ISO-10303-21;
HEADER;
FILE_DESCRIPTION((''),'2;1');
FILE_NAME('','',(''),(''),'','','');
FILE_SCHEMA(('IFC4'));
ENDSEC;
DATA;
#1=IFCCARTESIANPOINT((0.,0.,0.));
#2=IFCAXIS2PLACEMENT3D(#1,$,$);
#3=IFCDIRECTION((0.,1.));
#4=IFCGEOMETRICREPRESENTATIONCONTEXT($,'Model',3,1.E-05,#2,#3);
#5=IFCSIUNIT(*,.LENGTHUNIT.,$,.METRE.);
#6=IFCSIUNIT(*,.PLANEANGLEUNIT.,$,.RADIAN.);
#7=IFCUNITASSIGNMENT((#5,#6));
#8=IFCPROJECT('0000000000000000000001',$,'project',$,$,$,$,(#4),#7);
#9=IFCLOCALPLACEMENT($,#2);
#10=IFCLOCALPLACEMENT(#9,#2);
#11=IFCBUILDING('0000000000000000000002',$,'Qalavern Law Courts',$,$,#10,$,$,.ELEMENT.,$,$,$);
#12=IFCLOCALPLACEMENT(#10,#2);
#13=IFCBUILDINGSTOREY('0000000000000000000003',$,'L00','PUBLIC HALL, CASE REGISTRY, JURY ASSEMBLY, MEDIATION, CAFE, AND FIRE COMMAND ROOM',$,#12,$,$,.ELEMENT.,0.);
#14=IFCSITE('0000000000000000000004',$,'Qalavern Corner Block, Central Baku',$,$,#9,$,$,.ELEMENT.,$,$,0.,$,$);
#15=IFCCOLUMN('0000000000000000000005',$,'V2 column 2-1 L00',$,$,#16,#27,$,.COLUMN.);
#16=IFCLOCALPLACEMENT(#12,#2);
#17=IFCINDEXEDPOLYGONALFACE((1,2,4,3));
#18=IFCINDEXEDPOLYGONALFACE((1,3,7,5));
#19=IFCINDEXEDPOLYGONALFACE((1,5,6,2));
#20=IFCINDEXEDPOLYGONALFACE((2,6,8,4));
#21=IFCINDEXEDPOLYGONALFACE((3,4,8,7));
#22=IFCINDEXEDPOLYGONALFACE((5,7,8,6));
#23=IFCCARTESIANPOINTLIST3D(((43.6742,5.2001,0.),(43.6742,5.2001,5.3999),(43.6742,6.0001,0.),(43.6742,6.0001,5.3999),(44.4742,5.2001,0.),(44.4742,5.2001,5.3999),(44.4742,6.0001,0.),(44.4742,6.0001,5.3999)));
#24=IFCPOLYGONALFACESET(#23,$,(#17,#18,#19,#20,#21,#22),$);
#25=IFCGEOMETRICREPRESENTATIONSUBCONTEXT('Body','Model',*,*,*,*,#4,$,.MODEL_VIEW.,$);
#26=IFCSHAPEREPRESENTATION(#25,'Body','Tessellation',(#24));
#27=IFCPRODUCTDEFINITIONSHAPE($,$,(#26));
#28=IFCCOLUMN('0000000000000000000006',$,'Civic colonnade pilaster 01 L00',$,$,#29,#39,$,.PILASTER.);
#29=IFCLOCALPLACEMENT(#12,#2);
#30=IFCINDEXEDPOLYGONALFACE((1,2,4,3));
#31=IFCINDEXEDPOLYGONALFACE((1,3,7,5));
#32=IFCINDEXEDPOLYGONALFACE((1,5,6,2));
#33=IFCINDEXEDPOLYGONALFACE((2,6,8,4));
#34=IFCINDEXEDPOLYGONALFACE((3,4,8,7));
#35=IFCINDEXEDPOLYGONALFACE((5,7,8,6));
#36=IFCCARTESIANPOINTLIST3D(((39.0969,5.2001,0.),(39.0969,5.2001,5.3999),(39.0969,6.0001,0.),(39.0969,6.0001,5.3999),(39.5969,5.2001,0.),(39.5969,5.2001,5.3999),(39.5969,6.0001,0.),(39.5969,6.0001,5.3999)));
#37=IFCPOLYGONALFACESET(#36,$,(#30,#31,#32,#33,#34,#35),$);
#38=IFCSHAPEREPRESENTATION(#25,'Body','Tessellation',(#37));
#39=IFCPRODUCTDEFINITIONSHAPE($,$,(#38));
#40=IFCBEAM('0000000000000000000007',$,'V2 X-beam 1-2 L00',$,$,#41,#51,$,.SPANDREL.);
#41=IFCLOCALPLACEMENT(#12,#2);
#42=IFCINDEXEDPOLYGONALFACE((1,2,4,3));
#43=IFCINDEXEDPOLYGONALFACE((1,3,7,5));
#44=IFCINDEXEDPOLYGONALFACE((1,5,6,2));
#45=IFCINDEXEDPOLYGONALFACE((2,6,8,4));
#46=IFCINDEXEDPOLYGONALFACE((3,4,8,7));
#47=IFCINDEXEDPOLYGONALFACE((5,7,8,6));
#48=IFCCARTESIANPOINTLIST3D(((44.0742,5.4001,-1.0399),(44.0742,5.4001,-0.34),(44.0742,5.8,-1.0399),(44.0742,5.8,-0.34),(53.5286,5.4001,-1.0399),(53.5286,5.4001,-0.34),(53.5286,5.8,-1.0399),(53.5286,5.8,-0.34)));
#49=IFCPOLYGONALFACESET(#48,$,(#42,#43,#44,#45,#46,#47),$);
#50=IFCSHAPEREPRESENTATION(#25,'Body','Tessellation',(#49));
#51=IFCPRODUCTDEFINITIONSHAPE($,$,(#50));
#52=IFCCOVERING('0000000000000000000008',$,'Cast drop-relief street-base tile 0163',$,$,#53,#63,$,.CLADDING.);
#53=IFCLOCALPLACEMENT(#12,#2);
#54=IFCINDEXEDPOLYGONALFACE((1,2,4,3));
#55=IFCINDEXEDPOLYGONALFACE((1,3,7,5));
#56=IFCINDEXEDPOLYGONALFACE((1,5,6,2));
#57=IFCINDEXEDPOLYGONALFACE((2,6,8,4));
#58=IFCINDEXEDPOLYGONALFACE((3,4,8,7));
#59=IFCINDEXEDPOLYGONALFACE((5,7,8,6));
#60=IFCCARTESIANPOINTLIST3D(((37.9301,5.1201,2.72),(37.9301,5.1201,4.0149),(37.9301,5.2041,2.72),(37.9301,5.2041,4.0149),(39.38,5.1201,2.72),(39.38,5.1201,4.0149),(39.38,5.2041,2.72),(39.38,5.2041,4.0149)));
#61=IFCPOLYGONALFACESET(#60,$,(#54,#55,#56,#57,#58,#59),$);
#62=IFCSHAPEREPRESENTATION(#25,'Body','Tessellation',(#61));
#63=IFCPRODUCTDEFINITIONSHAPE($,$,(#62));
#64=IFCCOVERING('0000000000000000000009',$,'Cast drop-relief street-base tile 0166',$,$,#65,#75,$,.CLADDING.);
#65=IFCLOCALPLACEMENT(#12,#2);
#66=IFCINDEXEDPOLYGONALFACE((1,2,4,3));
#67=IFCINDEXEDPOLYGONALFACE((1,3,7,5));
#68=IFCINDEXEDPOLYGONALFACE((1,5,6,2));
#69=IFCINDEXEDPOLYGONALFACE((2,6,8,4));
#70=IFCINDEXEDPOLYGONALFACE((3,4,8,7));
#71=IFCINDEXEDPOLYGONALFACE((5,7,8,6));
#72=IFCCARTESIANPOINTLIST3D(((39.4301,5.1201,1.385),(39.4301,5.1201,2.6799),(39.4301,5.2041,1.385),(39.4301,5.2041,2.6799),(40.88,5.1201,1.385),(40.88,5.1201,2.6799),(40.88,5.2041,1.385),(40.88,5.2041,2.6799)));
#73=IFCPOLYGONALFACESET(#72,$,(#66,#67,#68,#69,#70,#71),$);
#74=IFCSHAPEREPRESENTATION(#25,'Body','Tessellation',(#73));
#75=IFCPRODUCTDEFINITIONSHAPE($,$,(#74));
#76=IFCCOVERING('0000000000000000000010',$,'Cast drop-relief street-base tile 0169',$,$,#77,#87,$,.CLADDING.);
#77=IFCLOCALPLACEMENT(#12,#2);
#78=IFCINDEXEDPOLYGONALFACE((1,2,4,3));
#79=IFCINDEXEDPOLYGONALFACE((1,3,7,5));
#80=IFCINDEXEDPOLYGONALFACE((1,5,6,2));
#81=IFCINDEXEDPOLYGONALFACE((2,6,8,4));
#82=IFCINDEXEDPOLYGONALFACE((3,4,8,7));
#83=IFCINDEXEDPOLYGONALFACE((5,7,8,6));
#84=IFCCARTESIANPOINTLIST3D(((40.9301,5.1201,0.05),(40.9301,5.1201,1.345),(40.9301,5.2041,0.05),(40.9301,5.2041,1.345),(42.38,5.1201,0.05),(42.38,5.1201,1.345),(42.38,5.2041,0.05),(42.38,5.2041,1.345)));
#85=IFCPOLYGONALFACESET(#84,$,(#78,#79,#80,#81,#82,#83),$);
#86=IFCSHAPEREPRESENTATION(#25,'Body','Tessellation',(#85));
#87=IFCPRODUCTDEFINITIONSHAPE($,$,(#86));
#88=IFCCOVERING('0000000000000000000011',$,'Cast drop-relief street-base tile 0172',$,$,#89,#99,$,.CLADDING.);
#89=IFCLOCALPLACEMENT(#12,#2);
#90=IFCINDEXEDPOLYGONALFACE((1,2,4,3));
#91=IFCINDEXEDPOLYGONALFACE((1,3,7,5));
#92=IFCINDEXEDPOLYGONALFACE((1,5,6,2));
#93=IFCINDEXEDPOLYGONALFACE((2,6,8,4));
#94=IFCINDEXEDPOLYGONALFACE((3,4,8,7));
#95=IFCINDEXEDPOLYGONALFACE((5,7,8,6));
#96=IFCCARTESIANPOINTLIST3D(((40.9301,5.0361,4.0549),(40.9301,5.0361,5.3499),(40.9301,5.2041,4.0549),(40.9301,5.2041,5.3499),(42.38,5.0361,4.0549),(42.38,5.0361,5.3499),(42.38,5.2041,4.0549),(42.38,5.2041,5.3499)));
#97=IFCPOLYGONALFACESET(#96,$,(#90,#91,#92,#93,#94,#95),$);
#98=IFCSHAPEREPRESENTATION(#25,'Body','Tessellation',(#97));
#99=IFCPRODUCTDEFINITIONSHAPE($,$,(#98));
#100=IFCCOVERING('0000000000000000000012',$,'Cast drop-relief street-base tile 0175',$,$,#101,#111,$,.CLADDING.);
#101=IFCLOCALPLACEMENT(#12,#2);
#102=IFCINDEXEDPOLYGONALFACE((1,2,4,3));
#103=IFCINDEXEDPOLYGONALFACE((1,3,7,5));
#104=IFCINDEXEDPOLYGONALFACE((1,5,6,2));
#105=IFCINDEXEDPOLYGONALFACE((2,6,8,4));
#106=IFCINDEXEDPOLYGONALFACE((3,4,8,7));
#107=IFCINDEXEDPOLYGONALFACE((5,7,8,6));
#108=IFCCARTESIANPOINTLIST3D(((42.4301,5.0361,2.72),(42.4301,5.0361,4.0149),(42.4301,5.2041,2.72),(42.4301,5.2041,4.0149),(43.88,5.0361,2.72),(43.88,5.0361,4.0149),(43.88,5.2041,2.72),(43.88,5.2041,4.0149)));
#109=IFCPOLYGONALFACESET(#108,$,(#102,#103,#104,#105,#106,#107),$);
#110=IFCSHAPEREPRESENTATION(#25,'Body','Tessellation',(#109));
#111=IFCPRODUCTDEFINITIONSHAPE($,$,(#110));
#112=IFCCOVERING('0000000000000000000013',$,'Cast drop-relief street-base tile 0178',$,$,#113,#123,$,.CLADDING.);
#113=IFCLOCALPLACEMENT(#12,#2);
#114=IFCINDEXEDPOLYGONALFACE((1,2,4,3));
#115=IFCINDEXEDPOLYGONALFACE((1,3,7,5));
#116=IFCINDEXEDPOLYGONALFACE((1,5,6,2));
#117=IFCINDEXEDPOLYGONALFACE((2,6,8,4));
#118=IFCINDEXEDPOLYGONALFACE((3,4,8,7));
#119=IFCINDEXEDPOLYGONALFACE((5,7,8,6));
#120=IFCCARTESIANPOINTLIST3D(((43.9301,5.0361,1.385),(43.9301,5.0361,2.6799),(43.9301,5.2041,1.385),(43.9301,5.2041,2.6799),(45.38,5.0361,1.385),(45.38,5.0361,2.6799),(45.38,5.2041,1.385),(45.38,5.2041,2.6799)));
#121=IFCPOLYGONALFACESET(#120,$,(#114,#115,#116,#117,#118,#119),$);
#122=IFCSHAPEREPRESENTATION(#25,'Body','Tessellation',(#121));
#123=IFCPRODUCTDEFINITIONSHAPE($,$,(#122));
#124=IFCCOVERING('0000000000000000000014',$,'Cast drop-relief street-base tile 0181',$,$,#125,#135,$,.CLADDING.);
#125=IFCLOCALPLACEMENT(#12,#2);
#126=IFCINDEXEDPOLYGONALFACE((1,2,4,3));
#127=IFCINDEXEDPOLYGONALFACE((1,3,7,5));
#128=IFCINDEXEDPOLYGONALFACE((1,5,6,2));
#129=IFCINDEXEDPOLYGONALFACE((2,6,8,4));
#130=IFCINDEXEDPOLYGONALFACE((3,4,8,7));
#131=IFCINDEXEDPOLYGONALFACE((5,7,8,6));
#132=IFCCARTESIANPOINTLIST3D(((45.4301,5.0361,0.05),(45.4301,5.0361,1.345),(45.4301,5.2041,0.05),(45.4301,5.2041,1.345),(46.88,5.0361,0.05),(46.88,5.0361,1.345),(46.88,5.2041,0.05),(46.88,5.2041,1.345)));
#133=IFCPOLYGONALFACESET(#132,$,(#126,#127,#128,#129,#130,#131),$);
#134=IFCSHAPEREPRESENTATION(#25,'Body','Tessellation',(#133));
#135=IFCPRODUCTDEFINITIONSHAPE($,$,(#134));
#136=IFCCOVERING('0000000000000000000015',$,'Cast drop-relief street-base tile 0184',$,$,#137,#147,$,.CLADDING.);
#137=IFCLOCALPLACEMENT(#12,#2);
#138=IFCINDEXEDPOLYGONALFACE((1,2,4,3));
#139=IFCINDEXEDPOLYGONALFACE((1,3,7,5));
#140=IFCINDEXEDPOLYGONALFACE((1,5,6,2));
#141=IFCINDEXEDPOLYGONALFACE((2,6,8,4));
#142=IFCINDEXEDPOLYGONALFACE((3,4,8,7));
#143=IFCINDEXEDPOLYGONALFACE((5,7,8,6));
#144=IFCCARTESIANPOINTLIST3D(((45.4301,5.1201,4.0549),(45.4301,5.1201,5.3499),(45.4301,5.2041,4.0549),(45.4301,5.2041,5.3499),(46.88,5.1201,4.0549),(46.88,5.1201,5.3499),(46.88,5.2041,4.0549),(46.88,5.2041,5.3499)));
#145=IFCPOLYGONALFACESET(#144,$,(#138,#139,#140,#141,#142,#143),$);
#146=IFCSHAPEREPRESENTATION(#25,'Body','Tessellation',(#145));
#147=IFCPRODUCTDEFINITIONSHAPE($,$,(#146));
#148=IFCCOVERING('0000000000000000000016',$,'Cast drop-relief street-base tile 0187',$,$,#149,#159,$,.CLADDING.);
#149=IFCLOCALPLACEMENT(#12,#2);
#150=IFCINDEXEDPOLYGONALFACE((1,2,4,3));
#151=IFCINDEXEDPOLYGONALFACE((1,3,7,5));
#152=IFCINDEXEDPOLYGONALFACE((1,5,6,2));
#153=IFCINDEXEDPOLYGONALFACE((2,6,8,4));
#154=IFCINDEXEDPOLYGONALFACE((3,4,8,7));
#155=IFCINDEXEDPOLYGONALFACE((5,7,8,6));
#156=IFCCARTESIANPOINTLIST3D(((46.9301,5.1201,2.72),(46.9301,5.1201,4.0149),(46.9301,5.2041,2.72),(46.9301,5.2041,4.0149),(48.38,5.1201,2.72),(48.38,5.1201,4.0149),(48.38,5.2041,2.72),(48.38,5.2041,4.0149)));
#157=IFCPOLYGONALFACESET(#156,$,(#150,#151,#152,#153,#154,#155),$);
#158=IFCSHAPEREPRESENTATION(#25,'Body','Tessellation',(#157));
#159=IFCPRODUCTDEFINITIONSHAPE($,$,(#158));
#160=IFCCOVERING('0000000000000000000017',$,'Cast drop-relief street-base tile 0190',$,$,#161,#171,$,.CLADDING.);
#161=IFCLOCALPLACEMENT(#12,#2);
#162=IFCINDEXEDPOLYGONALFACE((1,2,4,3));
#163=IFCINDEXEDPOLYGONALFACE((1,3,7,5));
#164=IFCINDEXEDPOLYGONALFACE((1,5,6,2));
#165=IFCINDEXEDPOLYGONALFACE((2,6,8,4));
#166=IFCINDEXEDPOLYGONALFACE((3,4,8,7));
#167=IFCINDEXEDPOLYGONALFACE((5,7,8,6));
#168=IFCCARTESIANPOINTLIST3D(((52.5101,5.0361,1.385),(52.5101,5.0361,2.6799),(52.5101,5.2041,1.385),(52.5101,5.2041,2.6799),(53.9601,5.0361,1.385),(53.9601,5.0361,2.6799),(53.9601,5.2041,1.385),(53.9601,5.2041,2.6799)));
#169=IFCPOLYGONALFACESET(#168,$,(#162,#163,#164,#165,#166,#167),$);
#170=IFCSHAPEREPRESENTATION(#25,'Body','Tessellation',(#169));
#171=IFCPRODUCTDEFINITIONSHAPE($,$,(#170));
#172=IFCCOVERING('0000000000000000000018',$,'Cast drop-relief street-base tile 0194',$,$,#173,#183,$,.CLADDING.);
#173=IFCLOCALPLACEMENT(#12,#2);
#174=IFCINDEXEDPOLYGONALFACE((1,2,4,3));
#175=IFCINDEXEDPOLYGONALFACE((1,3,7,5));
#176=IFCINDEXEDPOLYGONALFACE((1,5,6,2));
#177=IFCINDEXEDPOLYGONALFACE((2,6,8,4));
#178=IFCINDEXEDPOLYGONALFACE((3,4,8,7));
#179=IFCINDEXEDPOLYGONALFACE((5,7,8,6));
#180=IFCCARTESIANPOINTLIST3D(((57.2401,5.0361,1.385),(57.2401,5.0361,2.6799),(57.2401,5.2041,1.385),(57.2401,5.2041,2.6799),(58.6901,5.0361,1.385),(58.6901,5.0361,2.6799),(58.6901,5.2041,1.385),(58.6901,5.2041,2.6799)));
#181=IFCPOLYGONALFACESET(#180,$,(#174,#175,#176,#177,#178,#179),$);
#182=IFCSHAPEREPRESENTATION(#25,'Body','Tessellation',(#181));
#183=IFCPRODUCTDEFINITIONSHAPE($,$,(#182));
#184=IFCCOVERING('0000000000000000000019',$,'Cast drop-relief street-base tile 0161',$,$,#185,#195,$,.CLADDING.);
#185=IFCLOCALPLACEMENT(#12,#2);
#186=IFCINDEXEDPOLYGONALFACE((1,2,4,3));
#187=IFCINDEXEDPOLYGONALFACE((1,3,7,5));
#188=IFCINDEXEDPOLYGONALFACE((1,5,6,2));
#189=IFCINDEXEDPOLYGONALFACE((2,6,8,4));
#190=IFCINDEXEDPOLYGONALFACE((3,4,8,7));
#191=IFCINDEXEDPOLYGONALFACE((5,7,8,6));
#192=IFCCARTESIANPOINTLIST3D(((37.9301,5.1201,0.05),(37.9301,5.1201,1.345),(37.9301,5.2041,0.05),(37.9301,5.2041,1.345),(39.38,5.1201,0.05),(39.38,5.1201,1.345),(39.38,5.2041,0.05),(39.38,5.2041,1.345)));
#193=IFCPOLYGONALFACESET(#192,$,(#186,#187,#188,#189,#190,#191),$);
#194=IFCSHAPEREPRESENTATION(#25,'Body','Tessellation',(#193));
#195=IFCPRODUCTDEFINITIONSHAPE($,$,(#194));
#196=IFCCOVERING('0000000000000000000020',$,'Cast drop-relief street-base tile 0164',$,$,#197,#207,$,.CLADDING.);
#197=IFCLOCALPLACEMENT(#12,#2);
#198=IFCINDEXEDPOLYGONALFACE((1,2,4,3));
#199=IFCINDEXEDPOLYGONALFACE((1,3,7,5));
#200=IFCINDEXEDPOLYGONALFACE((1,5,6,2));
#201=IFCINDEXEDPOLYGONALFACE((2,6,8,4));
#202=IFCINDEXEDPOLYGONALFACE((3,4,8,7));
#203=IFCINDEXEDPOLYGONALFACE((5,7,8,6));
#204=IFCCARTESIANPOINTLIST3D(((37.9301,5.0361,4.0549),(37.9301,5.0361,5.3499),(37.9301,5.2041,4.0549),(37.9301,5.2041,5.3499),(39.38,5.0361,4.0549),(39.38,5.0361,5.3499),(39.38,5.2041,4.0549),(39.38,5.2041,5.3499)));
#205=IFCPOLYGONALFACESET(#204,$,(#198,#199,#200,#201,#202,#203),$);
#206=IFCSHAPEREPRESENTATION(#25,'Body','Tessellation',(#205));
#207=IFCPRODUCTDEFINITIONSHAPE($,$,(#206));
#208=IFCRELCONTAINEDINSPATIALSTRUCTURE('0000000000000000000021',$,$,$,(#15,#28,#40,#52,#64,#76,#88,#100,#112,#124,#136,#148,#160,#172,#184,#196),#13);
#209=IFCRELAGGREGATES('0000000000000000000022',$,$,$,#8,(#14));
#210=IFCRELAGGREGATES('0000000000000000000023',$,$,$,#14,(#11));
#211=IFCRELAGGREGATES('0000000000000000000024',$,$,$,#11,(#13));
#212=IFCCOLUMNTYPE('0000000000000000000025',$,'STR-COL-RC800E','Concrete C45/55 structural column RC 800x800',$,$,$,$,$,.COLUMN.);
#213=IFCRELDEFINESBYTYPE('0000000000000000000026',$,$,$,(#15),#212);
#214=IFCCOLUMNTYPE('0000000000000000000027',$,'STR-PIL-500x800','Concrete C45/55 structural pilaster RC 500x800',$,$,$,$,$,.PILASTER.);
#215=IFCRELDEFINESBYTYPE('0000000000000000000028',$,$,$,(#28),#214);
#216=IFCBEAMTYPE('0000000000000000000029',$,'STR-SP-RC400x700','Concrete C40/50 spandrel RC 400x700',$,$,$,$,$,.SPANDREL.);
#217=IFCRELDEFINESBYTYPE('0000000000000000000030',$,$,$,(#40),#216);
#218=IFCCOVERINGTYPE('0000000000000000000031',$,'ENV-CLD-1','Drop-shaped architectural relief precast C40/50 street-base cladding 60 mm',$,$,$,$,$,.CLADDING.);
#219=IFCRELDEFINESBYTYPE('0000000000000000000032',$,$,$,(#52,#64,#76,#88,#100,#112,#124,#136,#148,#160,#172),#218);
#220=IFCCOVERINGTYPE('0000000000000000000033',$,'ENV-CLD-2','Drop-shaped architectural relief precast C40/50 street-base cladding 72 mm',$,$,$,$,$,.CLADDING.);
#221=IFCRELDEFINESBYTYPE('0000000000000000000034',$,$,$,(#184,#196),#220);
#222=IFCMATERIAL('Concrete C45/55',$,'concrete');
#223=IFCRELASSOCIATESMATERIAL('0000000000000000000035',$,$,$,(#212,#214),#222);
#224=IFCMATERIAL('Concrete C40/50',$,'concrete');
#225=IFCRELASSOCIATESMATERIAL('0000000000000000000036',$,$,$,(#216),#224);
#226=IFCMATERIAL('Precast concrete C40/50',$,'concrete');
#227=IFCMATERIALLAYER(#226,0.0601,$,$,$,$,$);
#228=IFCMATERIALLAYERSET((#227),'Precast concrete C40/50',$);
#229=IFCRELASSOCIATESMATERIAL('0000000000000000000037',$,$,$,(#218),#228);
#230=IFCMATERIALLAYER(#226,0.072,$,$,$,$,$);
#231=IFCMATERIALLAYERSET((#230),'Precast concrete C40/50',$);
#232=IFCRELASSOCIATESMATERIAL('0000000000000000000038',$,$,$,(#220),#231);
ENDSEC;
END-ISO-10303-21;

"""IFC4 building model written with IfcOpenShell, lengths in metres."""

from ifc_helpers import new_model, si_unit, direction, frame, origin, origin_2d, place, context, subcontext, project, spatial, rectangle, extrude, material, layer, layer_set, material_profile, profile_set, type_object, element, save


model = new_model("IFC4")

# Units and contexts
model_context = context("Model", 3, precision=1e-05, world=origin(), true_north=direction((0.0, 1.0)))
body_context = subcontext(model_context, "Body", "Model", "MODEL_VIEW")
ifc_project = project(units=[si_unit("LENGTHUNIT", "METRE"), si_unit("PLANEANGLEUNIT", "RADIAN")], contexts=[model_context])

# Site, building, storey
site_placement = place(None, origin())
site = spatial("IfcSite", under=ifc_project, at=site_placement, Name="Qalavern Corner Block, Central Baku", CompositionType="ELEMENT", RefElevation=0.0)
building_placement = place(site_placement, origin())
building = spatial("IfcBuilding", under=site, at=building_placement, Name="Qalavern Law Courts", CompositionType="ELEMENT")
storey_placement = place(building_placement, origin())
storey = spatial("IfcBuildingStorey", under=building, at=storey_placement, Name="L00", Description="PUBLIC HALL, CASE REGISTRY, JURY ASSEMBLY, MEDIATION, CAFE, AND FIRE COMMAND ROOM", CompositionType="ELEMENT", Elevation=0.0)

# Columns
ifc_material_1 = material(Name="Concrete C45/55", Category="concrete")
ifc_material_profile_1 = material_profile(ifc_material_1, rectangle(XDim=0.8, YDim=0.8, at=origin_2d()), Name="RC 800x800")
ifc_profile_set_1 = profile_set([ifc_material_profile_1], Name="Concrete C45/55")
column_type_1 = type_object("IfcColumnType", Name="STR-COL-RC800E", Description="Concrete C45/55 structural column RC 800x800", PredefinedType="COLUMN", material=ifc_profile_set_1)
column_1_placement = place(storey_placement, frame((44.0742, 5.6001, 0.0), z_axis=(0.0, 0.0, 1.0), x_axis=(1.0, 0.0, 0.0)))
element("IfcColumn", 1, at=column_1_placement, inside=storey, type_object=column_type_1, Name="V2 column 2-1 L00", PredefinedType="COLUMN", context=body_context, shape_type="SweptSolid", body=[
    extrude(rectangle(XDim=0.8, YDim=0.8, at=origin_2d()), origin(), (0.0, 0.0, 1.0), 5.3999),
])
ifc_material_profile_2 = material_profile(ifc_material_1, rectangle(XDim=0.5, YDim=0.8, at=origin_2d()), Name="RC 500x800")
ifc_profile_set_2 = profile_set([ifc_material_profile_2], Name="Concrete C45/55")
column_type_2 = type_object("IfcColumnType", Name="STR-PIL-500x800", Description="Concrete C45/55 structural pilaster RC 500x800", PredefinedType="PILASTER", material=ifc_profile_set_2)
column_2_placement = place(storey_placement, frame((39.3469, 5.6001, 0.0), z_axis=(0.0, 0.0, 1.0), x_axis=(1.0, 0.0, 0.0)))
element("IfcColumn", 2, at=column_2_placement, inside=storey, type_object=column_type_2, Name="Civic colonnade pilaster 01 L00", PredefinedType="PILASTER", context=body_context, shape_type="SweptSolid", body=[
    extrude(rectangle(XDim=0.5, YDim=0.8, at=origin_2d()), origin(), (0.0, 0.0, 1.0), 5.3999),
])

# Beam
ifc_material_2 = material(Name="Concrete C40/50", Category="concrete")
ifc_material_profile_3 = material_profile(ifc_material_2, rectangle(XDim=0.3999, YDim=0.7, at=origin_2d()), Name="RC 400x700")
ifc_profile_set_3 = profile_set([ifc_material_profile_3], Name="Concrete C40/50")
beam_type = type_object("IfcBeamType", Name="STR-SP-RC400x700", Description="Concrete C40/50 spandrel RC 400x700", PredefinedType="SPANDREL", material=ifc_profile_set_3)
beam_placement = place(storey_placement, frame((44.0742, 5.6001, -0.6899), z_axis=(1.0, 0.0, 0.0), x_axis=(0.0, 1.0, 0.0)))
element("IfcBeam", 3, at=beam_placement, inside=storey, type_object=beam_type, Name="V2 X-beam 1-2 L00", PredefinedType="SPANDREL", context=body_context, shape_type="SweptSolid", body=[
    extrude(rectangle(XDim=0.3999, YDim=0.7, at=origin_2d()), origin(), (0.0, 0.0, 1.0), 9.4543),
])

# Coverings
ifc_material_3 = material(Name="Precast concrete C40/50", Category="concrete")
ifc_layer_1 = layer(ifc_material_3, 0.0601)
ifc_layer_set_1 = layer_set([ifc_layer_1], Name="Precast concrete C40/50")
covering_type_1 = type_object("IfcCoveringType", Name="ENV-CLD-1", Description="Drop-shaped architectural relief precast C40/50 street-base cladding 60 mm", PredefinedType="CLADDING", material=ifc_layer_set_1)
for number, where, z_axis, x_axis, name in (
    (4, (38.655, 5.1621, 2.72), (0.0, 0.0, 1.0), (1.0, 0.0, 0.0), "Cast drop-relief street-base tile 0163"),
    (5, (40.155, 5.1621, 1.385), (0.0, 0.0, 1.0), (1.0, 0.0, 0.0), "Cast drop-relief street-base tile 0166"),
    (6, (41.655, 5.1621, 0.05), (0.0, 0.0, 1.0), (1.0, 0.0, 0.0), "Cast drop-relief street-base tile 0169"),
):
    element("IfcCovering", number, at=place(storey_placement, frame(where, z_axis=z_axis, x_axis=x_axis)), inside=storey, type_object=covering_type_1, Name=name, PredefinedType="CLADDING", context=body_context, shape_type="SweptSolid", body=[
        extrude(rectangle(XDim=1.45, YDim=0.084, at=origin_2d()), origin(), (0.0, 0.0, 1.0), 1.2949),
    ])
for number, where, z_axis, x_axis, name in (
    (7, (41.655, 5.1201, 4.0549), (0.0, 0.0, 1.0), (1.0, 0.0, 0.0), "Cast drop-relief street-base tile 0172"),
    (8, (43.155, 5.1201, 2.72), (0.0, 0.0, 1.0), (1.0, 0.0, 0.0), "Cast drop-relief street-base tile 0175"),
    (9, (44.655, 5.1201, 1.385), (0.0, 0.0, 1.0), (1.0, 0.0, 0.0), "Cast drop-relief street-base tile 0178"),
    (10, (46.155, 5.1201, 0.05), (0.0, 0.0, 1.0), (1.0, 0.0, 0.0), "Cast drop-relief street-base tile 0181"),
):
    element("IfcCovering", number, at=place(storey_placement, frame(where, z_axis=z_axis, x_axis=x_axis)), inside=storey, type_object=covering_type_1, Name=name, PredefinedType="CLADDING", context=body_context, shape_type="SweptSolid", body=[
        extrude(rectangle(XDim=1.45, YDim=0.168, at=origin_2d()), origin(), (0.0, 0.0, 1.0), 1.2949),
    ])
for number, where, z_axis, x_axis, name in (
    (11, (46.155, 5.1621, 4.0549), (0.0, 0.0, 1.0), (1.0, 0.0, 0.0), "Cast drop-relief street-base tile 0184"),
    (12, (47.655, 5.1621, 2.72), (0.0, 0.0, 1.0), (1.0, 0.0, 0.0), "Cast drop-relief street-base tile 0187"),
):
    element("IfcCovering", number, at=place(storey_placement, frame(where, z_axis=z_axis, x_axis=x_axis)), inside=storey, type_object=covering_type_1, Name=name, PredefinedType="CLADDING", context=body_context, shape_type="SweptSolid", body=[
        extrude(rectangle(XDim=1.45, YDim=0.084, at=origin_2d()), origin(), (0.0, 0.0, 1.0), 1.2949),
    ])
for number, where, z_axis, x_axis, name in (
    (13, (53.2351, 5.1201, 1.385), (0.0, 0.0, 1.0), (1.0, 0.0, 0.0), "Cast drop-relief street-base tile 0190"),
    (14, (57.9651, 5.1201, 1.385), (0.0, 0.0, 1.0), (1.0, 0.0, 0.0), "Cast drop-relief street-base tile 0194"),
):
    element("IfcCovering", number, at=place(storey_placement, frame(where, z_axis=z_axis, x_axis=x_axis)), inside=storey, type_object=covering_type_1, Name=name, PredefinedType="CLADDING", context=body_context, shape_type="SweptSolid", body=[
        extrude(rectangle(XDim=1.45, YDim=0.168, at=origin_2d()), origin(), (0.0, 0.0, 1.0), 1.2949),
    ])
ifc_layer_2 = layer(ifc_material_3, 0.072)
ifc_layer_set_2 = layer_set([ifc_layer_2], Name="Precast concrete C40/50")
covering_type_2 = type_object("IfcCoveringType", Name="ENV-CLD-2", Description="Drop-shaped architectural relief precast C40/50 street-base cladding 72 mm", PredefinedType="CLADDING", material=ifc_layer_set_2)
covering_1_placement = place(storey_placement, frame((38.655, 5.1621, 0.05), z_axis=(0.0, 0.0, 1.0), x_axis=(1.0, 0.0, 0.0)))
element("IfcCovering", 15, at=covering_1_placement, inside=storey, type_object=covering_type_2, Name="Cast drop-relief street-base tile 0161", PredefinedType="CLADDING", context=body_context, shape_type="SweptSolid", body=[
    extrude(rectangle(XDim=1.45, YDim=0.084, at=origin_2d()), origin(), (0.0, 0.0, 1.0), 1.2949),
])
for number, where, z_axis, x_axis, name in (
    (16, (38.655, 5.1201, 4.0549), (0.0, 0.0, 1.0), (1.0, 0.0, 0.0), "Cast drop-relief street-base tile 0164"),
):
    element("IfcCovering", number, at=place(storey_placement, frame(where, z_axis=z_axis, x_axis=x_axis)), inside=storey, type_object=covering_type_2, Name=name, PredefinedType="CLADDING", context=body_context, shape_type="SweptSolid", body=[
        extrude(rectangle(XDim=1.45, YDim=0.168, at=origin_2d()), origin(), (0.0, 0.0, 1.0), 1.2949),
    ])

save(model, "model.ifc")
